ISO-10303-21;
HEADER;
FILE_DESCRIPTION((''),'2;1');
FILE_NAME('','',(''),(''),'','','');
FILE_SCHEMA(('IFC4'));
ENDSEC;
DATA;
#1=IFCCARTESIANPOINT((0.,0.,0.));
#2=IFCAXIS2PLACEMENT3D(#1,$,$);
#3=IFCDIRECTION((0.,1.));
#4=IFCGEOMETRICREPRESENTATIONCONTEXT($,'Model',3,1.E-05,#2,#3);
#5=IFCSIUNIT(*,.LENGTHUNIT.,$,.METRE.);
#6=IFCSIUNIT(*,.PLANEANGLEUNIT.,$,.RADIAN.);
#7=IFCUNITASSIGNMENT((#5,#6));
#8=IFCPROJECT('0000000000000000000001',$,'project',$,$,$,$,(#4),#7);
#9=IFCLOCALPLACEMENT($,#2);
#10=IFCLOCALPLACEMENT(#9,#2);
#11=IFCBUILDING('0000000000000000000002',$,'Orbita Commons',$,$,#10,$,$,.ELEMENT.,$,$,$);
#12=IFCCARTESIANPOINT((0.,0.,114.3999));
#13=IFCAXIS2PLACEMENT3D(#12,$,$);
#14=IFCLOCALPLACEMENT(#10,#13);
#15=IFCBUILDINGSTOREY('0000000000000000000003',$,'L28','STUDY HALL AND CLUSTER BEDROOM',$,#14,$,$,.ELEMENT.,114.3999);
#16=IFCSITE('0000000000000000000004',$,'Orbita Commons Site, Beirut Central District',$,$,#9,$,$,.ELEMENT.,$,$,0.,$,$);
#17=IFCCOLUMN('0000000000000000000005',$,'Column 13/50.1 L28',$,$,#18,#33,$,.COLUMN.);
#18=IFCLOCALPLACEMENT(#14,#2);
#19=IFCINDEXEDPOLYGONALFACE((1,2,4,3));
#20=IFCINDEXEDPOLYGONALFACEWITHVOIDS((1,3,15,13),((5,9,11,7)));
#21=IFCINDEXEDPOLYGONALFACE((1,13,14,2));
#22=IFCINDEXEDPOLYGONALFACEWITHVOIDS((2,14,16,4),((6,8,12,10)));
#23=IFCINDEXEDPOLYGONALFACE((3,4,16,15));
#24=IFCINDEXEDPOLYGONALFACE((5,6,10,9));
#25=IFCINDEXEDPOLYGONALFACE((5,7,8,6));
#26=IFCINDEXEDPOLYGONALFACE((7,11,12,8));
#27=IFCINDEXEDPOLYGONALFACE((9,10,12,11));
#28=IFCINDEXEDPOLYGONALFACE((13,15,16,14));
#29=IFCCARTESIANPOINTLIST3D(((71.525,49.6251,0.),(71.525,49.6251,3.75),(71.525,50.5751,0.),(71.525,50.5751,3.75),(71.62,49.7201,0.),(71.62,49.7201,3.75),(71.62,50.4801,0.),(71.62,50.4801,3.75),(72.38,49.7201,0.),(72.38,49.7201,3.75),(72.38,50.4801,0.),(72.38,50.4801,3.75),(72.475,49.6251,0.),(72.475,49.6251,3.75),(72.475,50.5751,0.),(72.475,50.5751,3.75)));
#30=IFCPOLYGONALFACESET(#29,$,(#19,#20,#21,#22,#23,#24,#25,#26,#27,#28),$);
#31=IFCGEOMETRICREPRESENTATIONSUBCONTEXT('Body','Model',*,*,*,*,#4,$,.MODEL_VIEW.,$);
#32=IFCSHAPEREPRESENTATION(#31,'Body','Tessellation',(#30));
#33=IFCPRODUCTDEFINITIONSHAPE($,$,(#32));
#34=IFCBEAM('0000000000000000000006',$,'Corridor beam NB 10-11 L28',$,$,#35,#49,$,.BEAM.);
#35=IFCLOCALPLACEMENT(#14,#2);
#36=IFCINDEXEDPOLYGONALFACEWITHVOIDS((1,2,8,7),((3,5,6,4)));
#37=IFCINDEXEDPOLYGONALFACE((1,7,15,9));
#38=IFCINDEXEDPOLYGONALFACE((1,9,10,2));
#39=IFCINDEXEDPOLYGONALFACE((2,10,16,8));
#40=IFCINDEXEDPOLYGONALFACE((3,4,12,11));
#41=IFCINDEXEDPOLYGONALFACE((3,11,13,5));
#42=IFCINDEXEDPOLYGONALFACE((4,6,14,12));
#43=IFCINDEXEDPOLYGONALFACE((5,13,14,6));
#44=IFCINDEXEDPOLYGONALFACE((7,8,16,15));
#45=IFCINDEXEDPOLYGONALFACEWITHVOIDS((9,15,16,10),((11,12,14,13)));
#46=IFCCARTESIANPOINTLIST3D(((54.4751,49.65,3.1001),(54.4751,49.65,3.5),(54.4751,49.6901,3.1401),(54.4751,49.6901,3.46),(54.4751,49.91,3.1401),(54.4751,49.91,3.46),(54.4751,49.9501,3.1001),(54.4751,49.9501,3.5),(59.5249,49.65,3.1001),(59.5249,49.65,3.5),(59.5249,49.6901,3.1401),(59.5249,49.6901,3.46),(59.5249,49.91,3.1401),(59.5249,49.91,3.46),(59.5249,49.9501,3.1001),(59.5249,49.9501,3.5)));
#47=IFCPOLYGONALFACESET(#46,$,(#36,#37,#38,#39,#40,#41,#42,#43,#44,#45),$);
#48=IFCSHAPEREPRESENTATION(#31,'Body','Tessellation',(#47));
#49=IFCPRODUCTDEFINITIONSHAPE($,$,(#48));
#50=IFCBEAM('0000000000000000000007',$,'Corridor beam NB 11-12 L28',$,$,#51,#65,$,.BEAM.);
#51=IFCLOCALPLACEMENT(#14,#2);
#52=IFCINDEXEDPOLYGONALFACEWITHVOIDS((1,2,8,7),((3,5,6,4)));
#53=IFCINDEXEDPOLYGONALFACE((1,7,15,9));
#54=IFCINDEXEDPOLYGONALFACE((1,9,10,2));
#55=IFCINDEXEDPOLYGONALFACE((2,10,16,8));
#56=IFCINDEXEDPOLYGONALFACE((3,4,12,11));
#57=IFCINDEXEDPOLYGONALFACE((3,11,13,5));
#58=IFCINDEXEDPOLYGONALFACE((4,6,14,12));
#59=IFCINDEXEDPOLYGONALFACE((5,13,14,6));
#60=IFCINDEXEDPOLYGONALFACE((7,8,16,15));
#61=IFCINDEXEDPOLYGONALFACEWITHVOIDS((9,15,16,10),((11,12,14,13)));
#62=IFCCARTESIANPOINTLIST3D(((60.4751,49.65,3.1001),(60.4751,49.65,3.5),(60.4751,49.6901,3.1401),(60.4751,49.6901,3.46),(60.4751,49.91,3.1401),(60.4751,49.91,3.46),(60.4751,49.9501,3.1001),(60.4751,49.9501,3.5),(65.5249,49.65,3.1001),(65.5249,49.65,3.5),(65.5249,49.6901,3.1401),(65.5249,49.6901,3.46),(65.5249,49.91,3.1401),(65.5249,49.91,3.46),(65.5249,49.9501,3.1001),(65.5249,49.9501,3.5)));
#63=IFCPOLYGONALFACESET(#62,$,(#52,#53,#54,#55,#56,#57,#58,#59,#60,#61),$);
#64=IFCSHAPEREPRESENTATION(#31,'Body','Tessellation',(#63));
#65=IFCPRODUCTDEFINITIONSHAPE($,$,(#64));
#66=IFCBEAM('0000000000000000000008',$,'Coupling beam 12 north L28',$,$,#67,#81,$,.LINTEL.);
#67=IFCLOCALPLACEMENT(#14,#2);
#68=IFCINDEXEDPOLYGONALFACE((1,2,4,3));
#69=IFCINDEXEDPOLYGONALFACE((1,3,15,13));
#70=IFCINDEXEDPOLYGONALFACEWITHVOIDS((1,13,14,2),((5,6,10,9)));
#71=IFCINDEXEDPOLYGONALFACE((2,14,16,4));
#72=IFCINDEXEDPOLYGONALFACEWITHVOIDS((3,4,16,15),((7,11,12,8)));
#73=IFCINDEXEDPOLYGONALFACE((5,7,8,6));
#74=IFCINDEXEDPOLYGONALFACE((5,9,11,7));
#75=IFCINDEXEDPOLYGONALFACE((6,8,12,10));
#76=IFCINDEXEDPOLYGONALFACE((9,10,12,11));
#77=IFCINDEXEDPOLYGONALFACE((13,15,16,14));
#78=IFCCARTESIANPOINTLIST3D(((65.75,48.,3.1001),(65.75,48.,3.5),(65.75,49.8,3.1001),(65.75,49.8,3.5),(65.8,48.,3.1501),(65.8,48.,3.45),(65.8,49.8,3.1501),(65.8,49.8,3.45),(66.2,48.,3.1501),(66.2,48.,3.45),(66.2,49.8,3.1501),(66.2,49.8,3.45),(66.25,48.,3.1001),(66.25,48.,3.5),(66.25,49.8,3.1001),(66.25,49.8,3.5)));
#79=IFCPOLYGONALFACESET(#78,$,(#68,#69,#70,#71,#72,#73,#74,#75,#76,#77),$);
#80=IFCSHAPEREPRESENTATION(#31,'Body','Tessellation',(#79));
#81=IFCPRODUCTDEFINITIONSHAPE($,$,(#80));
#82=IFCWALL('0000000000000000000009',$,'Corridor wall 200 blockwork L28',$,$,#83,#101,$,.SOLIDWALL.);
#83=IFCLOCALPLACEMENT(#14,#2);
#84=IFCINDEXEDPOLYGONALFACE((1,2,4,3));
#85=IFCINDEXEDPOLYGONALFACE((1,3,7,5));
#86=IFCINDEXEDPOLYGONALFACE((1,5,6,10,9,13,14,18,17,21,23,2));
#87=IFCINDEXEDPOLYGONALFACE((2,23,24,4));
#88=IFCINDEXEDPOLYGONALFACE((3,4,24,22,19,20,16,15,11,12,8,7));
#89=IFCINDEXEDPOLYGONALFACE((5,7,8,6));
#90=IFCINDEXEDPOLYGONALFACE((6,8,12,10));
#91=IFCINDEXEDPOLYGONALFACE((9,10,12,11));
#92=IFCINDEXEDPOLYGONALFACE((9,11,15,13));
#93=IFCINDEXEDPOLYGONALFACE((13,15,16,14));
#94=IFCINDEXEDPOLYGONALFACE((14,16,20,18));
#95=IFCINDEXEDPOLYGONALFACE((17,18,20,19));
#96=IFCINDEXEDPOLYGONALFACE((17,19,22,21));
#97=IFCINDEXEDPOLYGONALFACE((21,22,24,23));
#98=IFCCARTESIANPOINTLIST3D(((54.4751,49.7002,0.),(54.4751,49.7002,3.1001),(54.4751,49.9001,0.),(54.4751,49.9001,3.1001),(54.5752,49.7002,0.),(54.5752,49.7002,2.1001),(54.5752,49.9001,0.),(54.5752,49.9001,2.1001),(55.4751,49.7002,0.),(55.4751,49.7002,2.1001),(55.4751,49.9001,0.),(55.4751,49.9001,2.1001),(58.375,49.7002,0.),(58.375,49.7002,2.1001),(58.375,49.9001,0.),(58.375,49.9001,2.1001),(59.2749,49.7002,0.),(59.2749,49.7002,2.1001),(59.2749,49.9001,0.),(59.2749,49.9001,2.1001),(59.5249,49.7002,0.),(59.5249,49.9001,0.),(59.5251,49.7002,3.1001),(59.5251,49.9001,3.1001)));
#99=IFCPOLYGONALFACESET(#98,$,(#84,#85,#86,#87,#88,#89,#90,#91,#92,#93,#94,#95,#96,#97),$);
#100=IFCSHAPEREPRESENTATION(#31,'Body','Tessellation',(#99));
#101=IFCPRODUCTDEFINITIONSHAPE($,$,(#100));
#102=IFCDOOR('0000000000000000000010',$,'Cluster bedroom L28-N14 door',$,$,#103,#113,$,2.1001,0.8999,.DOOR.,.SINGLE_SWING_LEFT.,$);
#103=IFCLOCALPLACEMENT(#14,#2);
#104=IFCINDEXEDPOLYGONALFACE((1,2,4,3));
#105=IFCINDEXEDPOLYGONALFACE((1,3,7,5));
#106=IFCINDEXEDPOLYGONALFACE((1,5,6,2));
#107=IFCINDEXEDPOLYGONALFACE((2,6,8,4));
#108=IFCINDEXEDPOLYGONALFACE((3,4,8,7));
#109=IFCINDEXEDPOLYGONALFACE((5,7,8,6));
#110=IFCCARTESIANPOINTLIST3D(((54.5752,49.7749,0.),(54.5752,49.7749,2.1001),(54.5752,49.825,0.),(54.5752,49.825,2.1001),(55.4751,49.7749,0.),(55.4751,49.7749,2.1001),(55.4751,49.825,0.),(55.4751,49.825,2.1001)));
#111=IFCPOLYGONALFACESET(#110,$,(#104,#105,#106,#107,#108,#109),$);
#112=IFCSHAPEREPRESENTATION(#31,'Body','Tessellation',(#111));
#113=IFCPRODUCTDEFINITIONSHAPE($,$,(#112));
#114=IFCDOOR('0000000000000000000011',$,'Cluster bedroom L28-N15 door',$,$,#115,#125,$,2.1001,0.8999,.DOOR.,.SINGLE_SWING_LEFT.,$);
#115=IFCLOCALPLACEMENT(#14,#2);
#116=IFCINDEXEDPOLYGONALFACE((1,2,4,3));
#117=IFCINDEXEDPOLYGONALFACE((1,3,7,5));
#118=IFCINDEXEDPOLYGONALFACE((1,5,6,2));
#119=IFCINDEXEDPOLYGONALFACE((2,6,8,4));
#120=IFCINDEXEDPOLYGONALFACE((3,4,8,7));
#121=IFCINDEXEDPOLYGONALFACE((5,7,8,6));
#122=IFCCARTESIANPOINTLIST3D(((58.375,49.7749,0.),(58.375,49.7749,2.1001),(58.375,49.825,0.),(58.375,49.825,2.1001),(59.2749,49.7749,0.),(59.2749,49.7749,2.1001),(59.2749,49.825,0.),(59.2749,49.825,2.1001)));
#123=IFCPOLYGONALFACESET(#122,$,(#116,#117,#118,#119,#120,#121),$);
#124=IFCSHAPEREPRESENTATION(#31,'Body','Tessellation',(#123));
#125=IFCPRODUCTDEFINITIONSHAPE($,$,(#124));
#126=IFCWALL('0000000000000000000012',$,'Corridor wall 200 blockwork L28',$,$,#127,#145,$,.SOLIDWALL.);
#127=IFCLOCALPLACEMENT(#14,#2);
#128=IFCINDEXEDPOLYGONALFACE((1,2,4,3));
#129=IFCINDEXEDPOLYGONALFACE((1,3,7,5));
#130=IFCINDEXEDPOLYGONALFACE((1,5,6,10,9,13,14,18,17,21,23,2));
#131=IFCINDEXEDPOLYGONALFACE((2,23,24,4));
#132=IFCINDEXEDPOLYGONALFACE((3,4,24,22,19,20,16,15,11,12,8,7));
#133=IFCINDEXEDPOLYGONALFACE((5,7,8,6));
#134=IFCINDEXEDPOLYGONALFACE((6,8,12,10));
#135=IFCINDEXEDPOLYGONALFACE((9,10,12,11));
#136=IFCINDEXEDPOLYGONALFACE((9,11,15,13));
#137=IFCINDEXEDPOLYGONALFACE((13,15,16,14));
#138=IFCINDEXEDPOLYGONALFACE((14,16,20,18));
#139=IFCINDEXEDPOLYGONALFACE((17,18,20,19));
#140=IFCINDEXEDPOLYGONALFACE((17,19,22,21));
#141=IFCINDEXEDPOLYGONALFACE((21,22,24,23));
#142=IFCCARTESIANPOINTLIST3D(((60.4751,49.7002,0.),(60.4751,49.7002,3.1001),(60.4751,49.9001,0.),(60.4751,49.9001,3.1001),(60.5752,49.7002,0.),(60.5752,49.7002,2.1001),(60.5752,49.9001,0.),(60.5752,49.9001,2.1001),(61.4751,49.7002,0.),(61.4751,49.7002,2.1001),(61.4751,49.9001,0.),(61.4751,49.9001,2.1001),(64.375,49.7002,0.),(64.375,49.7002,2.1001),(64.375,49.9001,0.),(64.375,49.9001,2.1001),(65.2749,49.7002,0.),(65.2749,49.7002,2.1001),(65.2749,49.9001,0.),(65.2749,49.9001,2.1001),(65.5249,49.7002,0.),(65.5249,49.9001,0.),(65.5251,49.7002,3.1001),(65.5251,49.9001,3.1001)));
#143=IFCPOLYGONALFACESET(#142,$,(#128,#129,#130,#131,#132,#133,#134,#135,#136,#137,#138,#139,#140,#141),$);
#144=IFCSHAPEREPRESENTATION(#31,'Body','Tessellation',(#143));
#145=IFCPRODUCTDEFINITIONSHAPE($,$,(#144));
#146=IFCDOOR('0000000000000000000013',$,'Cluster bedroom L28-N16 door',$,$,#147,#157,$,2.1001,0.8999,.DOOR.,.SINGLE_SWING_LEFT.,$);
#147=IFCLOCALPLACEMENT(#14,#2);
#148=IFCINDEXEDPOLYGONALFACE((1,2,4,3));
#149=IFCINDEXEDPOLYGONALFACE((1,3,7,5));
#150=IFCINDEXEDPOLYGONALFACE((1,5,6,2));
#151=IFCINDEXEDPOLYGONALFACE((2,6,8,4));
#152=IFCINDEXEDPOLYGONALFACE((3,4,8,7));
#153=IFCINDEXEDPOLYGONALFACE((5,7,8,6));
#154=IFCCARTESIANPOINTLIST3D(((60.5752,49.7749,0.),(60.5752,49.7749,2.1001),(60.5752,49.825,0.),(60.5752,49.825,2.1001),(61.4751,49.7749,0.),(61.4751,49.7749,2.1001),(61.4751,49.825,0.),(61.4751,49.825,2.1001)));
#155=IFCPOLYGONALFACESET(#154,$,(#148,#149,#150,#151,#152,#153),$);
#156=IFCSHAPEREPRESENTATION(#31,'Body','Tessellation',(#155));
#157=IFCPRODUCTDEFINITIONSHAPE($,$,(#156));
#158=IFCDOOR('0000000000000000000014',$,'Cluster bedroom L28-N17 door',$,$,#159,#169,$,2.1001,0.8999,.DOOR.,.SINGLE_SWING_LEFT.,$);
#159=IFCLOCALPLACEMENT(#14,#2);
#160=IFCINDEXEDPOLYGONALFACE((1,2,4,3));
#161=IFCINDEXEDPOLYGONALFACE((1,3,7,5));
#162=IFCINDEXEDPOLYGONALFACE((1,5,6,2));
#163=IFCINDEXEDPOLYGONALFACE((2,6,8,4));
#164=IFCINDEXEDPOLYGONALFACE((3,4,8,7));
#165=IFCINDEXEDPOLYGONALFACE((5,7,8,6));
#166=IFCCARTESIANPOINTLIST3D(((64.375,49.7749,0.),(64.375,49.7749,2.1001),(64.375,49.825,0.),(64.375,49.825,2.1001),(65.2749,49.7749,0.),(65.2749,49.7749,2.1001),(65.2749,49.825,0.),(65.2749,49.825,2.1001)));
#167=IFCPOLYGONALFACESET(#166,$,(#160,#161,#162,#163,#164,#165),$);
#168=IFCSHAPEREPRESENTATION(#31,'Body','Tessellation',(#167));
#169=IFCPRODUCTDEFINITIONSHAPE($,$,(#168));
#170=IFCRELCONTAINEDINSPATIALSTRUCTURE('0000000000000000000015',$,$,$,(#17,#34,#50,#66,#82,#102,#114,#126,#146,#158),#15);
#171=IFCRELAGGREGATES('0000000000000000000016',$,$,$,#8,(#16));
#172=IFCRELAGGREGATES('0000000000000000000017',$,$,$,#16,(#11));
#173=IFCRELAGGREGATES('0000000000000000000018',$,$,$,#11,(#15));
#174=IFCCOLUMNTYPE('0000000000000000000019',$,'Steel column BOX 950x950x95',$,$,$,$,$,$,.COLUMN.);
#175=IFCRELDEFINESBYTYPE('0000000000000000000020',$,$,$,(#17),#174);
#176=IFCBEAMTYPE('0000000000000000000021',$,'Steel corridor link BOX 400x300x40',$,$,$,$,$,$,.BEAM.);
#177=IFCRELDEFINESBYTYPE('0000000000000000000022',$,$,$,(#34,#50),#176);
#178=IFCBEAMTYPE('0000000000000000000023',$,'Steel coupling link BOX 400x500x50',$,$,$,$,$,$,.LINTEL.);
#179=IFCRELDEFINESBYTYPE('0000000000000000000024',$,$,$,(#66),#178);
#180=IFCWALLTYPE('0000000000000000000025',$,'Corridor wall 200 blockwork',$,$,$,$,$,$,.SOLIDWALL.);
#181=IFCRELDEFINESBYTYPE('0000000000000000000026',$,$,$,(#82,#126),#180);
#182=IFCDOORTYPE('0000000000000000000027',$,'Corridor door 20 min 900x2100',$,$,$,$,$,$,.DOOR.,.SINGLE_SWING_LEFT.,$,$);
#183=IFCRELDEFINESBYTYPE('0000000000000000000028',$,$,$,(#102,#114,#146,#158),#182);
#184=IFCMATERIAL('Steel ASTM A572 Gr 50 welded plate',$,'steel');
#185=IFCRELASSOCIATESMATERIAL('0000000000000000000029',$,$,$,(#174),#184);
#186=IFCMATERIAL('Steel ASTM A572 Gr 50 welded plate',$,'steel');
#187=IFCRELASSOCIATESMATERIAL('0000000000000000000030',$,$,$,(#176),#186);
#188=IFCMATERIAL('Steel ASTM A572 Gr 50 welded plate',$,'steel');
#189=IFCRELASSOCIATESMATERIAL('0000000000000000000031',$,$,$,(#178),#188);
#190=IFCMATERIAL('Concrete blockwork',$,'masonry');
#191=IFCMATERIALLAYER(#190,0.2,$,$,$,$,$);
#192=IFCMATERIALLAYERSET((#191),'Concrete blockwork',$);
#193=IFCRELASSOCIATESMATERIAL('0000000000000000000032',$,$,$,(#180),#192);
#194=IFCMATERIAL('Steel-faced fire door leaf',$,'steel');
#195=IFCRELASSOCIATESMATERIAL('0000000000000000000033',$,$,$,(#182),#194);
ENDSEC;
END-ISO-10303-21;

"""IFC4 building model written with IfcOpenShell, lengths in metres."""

from ifc_helpers import new_model, si_unit, direction, frame, frame_2d, origin, origin_2d, place, context, subcontext, project, spatial, polyline, rectangle, hollow_rectangle, outline, extrude, material, layer, layer_set, material_profile, profile_set, type_object, element, fill, save


model = new_model("IFC4")

# Units and contexts
model_context = context("Model", 3, precision=1e-05, world=origin(), true_north=direction((0.0, 1.0)))
body_context = subcontext(model_context, "Body", "Model", "MODEL_VIEW")
ifc_project = project(units=[si_unit("LENGTHUNIT", "METRE"), si_unit("PLANEANGLEUNIT", "RADIAN")], contexts=[model_context])

# Site, building, storey
site_placement = place(None, origin())
site = spatial("IfcSite", under=ifc_project, at=site_placement, Name="Orbita Commons Site, Beirut Central District", CompositionType="ELEMENT", RefElevation=0.0)
building_placement = place(site_placement, origin())
building = spatial("IfcBuilding", under=site, at=building_placement, Name="Orbita Commons", CompositionType="ELEMENT")
storey_placement = place(building_placement, frame((0.0, 0.0, 114.3999)))
storey = spatial("IfcBuildingStorey", under=building, at=storey_placement, Name="L28", Description="STUDY HALL AND CLUSTER BEDROOM", CompositionType="ELEMENT", Elevation=114.3999)

# Column
ifc_material_1 = material(Name="Steel ASTM A572 Gr 50 welded plate", Category="steel")
ifc_material_profile_1 = material_profile(ifc_material_1, hollow_rectangle(XDim=0.95, YDim=0.95, WallThickness=0.095, at=origin_2d()), Name="BOX 950x950x95")
ifc_profile_set_1 = profile_set([ifc_material_profile_1], Name="Steel ASTM A572 Gr 50 welded plate")
column_type = type_object("IfcColumnType", Name="Steel column BOX 950x950x95", PredefinedType="COLUMN", material=ifc_profile_set_1)
column_placement = place(storey_placement, frame((72.0, 50.1001, 0.0), z_axis=(0.0, 0.0, 1.0), x_axis=(1.0, 0.0, 0.0)))
element("IfcColumn", 1, at=column_placement, inside=storey, type_object=column_type, Name="Column 13/50.1 L28", PredefinedType="COLUMN", context=body_context, shape_type="SweptSolid", body=[
    extrude(hollow_rectangle(XDim=0.95, YDim=0.95, WallThickness=0.095, at=origin_2d()), origin(), (0.0, 0.0, 1.0), 3.75),
])

# Beams
ifc_material_2 = material(Name="Steel ASTM A572 Gr 50 welded plate", Category="steel")
ifc_material_profile_2 = material_profile(ifc_material_2, hollow_rectangle(XDim=0.3, YDim=0.3999, WallThickness=0.04, at=origin_2d()), Name="BOX 400x300x40")
ifc_profile_set_2 = profile_set([ifc_material_profile_2], Name="Steel ASTM A572 Gr 50 welded plate")
beam_type_1 = type_object("IfcBeamType", Name="Steel corridor link BOX 400x300x40", PredefinedType="BEAM", material=ifc_profile_set_2)
for number, where, z_axis, x_axis, name in (
    (2, (54.4751, 49.8, 3.3), (1.0, 0.0, 0.0), (0.0, 1.0, 0.0), "Corridor beam NB 10-11 L28"),
    (3, (60.4751, 49.8, 3.3), (1.0, 0.0, 0.0), (0.0, 1.0, 0.0), "Corridor beam NB 11-12 L28"),
):
    element("IfcBeam", number, at=place(storey_placement, frame(where, z_axis=z_axis, x_axis=x_axis)), inside=storey, type_object=beam_type_1, Name=name, PredefinedType="BEAM", context=body_context, shape_type="SweptSolid", body=[
        extrude(hollow_rectangle(XDim=0.3, YDim=0.3999, WallThickness=0.04, at=origin_2d()), origin(), (0.0, 0.0, 1.0), 5.0498),
    ])
ifc_material_3 = material(Name="Steel ASTM A572 Gr 50 welded plate", Category="steel")
ifc_material_profile_3 = material_profile(ifc_material_3, hollow_rectangle(XDim=0.5, YDim=0.3999, WallThickness=0.05, at=origin_2d()), Name="BOX 400x500x50")
ifc_profile_set_3 = profile_set([ifc_material_profile_3], Name="Steel ASTM A572 Gr 50 welded plate")
beam_type_2 = type_object("IfcBeamType", Name="Steel coupling link BOX 400x500x50", PredefinedType="LINTEL", material=ifc_profile_set_3)
beam_placement = place(storey_placement, frame((66.0, 48.0, 3.3), z_axis=(0.0, 1.0, 0.0), x_axis=(-1.0, 0.0, 0.0)))
element("IfcBeam", 4, at=beam_placement, inside=storey, type_object=beam_type_2, Name="Coupling beam 12 north L28", PredefinedType="LINTEL", context=body_context, shape_type="SweptSolid", body=[
    extrude(hollow_rectangle(XDim=0.5, YDim=0.3999, WallThickness=0.05, at=origin_2d()), origin(), (0.0, 0.0, 1.0), 1.8),
])

# Walls, openings, doors
ifc_material_4 = material(Name="Concrete blockwork", Category="masonry")
ifc_layer_1 = layer(ifc_material_4, 0.2)
ifc_layer_set_1 = layer_set([ifc_layer_1], Name="Concrete blockwork")
wall_type_1 = type_object("IfcWallType", Name="Corridor wall 200 blockwork", PredefinedType="SOLIDWALL", material=ifc_layer_set_1)
wall_1_placement = place(storey_placement, frame((54.4751, 49.8, 0.0), z_axis=(0.0, 0.0, 1.0), x_axis=(1.0, 0.0, 0.0)))
wall_1 = element("IfcWall", 5, at=wall_1_placement, inside=storey, type_object=wall_type_1, Name="Corridor wall 200 blockwork L28", PredefinedType="SOLIDWALL", context=body_context, shape_type="SweptSolid", body=[
    extrude(outline(polyline([(0.0, 0.0), (5.0498, 0.0), (5.05, 3.1001), (0.0, 3.1001), (0.0, 0.0)])), frame((0.0, 0.1001, 0.0), z_axis=(0.0, -1.0, 0.0), x_axis=(1.0, 0.0, 0.0)), (0.0, 0.0, 1.0), 0.2),
])
opening_1_placement = place(wall_1_placement, frame((0.1001, 0.0, 0.0)))
opening_1 = element("IfcOpeningElement", 6, at=opening_1_placement, cuts=wall_1, PredefinedType="OPENING", context=body_context, shape_type="SweptSolid", body=[
    extrude(rectangle(XDim=0.8999, YDim=2.1001, at=frame_2d((0.45, 1.05))), frame((0.0, 0.1099, 0.0), z_axis=(0.0, -1.0, 0.0), x_axis=(1.0, 0.0, 0.0)), (0.0, 0.0, 1.0), 0.22),
])
opening_2_placement = place(wall_1_placement, frame((3.8999, 0.0, 0.0)))
opening_2 = element("IfcOpeningElement", 7, at=opening_2_placement, cuts=wall_1, PredefinedType="OPENING", context=body_context, shape_type="SweptSolid", body=[
    extrude(rectangle(XDim=0.8999, YDim=2.1001, at=frame_2d((0.45, 1.05))), frame((0.0, 0.1099, 0.0), z_axis=(0.0, -1.0, 0.0), x_axis=(1.0, 0.0, 0.0)), (0.0, 0.0, 1.0), 0.22),
])
ifc_material_5 = material(Name="Steel-faced fire door leaf", Category="steel")
door_type_1 = type_object("IfcDoorType", Name="Corridor door 20 min 900x2100", OperationType="SINGLE_SWING_LEFT", PredefinedType="DOOR", material=ifc_material_5)
door_1_placement = place(opening_1_placement, origin())
door_1 = element("IfcDoor", 8, at=door_1_placement, inside=storey, type_object=door_type_1, Name="Cluster bedroom L28-N14 door", OperationType="SINGLE_SWING_LEFT", OverallHeight=2.1001, OverallWidth=0.8999, PredefinedType="DOOR", context=body_context, shape_type="SweptSolid", body=[
    extrude(rectangle(XDim=0.8999, YDim=2.1001, at=frame_2d((0.45, 1.05))), frame((0.0, 0.0249, 0.0), z_axis=(0.0, -1.0, 0.0), x_axis=(1.0, 0.0, 0.0)), (0.0, 0.0, 1.0), 0.05),
])
fill(opening_1, door_1)
door_2_placement = place(opening_2_placement, origin())
door_2 = element("IfcDoor", 9, at=door_2_placement, inside=storey, type_object=door_type_1, Name="Cluster bedroom L28-N15 door", OperationType="SINGLE_SWING_LEFT", OverallHeight=2.1001, OverallWidth=0.8999, PredefinedType="DOOR", context=body_context, shape_type="SweptSolid", body=[
    extrude(rectangle(XDim=0.8999, YDim=2.1001, at=frame_2d((0.45, 1.05))), frame((0.0, 0.0249, 0.0), z_axis=(0.0, -1.0, 0.0), x_axis=(1.0, 0.0, 0.0)), (0.0, 0.0, 1.0), 0.05),
])
fill(opening_2, door_2)
wall_2_placement = place(storey_placement, frame((60.4751, 49.8, 0.0), z_axis=(0.0, 0.0, 1.0), x_axis=(1.0, 0.0, 0.0)))
wall_2 = element("IfcWall", 10, at=wall_2_placement, inside=storey, type_object=wall_type_1, Name="Corridor wall 200 blockwork L28", PredefinedType="SOLIDWALL", context=body_context, shape_type="SweptSolid", body=[
    extrude(outline(polyline([(0.0, 0.0), (5.0498, 0.0), (5.05, 3.1001), (0.0, 3.1001), (0.0, 0.0)])), frame((0.0, 0.1001, 0.0), z_axis=(0.0, -1.0, 0.0), x_axis=(1.0, 0.0, 0.0)), (0.0, 0.0, 1.0), 0.2),
])
opening_3_placement = place(wall_2_placement, frame((0.1001, 0.0, 0.0)))
opening_3 = element("IfcOpeningElement", 11, at=opening_3_placement, cuts=wall_2, PredefinedType="OPENING", context=body_context, shape_type="SweptSolid", body=[
    extrude(rectangle(XDim=0.8999, YDim=2.1001, at=frame_2d((0.45, 1.05))), frame((0.0, 0.1099, 0.0), z_axis=(0.0, -1.0, 0.0), x_axis=(1.0, 0.0, 0.0)), (0.0, 0.0, 1.0), 0.22),
])
opening_4_placement = place(wall_2_placement, frame((3.8999, 0.0, 0.0)))
opening_4 = element("IfcOpeningElement", 12, at=opening_4_placement, cuts=wall_2, PredefinedType="OPENING", context=body_context, shape_type="SweptSolid", body=[
    extrude(rectangle(XDim=0.8999, YDim=2.1001, at=frame_2d((0.45, 1.05))), frame((0.0, 0.1099, 0.0), z_axis=(0.0, -1.0, 0.0), x_axis=(1.0, 0.0, 0.0)), (0.0, 0.0, 1.0), 0.22),
])
door_3_placement = place(opening_3_placement, origin())
door_3 = element("IfcDoor", 13, at=door_3_placement, inside=storey, type_object=door_type_1, Name="Cluster bedroom L28-N16 door", OperationType="SINGLE_SWING_LEFT", OverallHeight=2.1001, OverallWidth=0.8999, PredefinedType="DOOR", context=body_context, shape_type="SweptSolid", body=[
    extrude(rectangle(XDim=0.8999, YDim=2.1001, at=frame_2d((0.45, 1.05))), frame((0.0, 0.0249, 0.0), z_axis=(0.0, -1.0, 0.0), x_axis=(1.0, 0.0, 0.0)), (0.0, 0.0, 1.0), 0.05),
])
fill(opening_3, door_3)
door_4_placement = place(opening_4_placement, origin())
door_4 = element("IfcDoor", 14, at=door_4_placement, inside=storey, type_object=door_type_1, Name="Cluster bedroom L28-N17 door", OperationType="SINGLE_SWING_LEFT", OverallHeight=2.1001, OverallWidth=0.8999, PredefinedType="DOOR", context=body_context, shape_type="SweptSolid", body=[
    extrude(rectangle(XDim=0.8999, YDim=2.1001, at=frame_2d((0.45, 1.05))), frame((0.0, 0.0249, 0.0), z_axis=(0.0, -1.0, 0.0), x_axis=(1.0, 0.0, 0.0)), (0.0, 0.0, 1.0), 0.05),
])
fill(opening_4, door_4)

save(model, "model.ifc")
